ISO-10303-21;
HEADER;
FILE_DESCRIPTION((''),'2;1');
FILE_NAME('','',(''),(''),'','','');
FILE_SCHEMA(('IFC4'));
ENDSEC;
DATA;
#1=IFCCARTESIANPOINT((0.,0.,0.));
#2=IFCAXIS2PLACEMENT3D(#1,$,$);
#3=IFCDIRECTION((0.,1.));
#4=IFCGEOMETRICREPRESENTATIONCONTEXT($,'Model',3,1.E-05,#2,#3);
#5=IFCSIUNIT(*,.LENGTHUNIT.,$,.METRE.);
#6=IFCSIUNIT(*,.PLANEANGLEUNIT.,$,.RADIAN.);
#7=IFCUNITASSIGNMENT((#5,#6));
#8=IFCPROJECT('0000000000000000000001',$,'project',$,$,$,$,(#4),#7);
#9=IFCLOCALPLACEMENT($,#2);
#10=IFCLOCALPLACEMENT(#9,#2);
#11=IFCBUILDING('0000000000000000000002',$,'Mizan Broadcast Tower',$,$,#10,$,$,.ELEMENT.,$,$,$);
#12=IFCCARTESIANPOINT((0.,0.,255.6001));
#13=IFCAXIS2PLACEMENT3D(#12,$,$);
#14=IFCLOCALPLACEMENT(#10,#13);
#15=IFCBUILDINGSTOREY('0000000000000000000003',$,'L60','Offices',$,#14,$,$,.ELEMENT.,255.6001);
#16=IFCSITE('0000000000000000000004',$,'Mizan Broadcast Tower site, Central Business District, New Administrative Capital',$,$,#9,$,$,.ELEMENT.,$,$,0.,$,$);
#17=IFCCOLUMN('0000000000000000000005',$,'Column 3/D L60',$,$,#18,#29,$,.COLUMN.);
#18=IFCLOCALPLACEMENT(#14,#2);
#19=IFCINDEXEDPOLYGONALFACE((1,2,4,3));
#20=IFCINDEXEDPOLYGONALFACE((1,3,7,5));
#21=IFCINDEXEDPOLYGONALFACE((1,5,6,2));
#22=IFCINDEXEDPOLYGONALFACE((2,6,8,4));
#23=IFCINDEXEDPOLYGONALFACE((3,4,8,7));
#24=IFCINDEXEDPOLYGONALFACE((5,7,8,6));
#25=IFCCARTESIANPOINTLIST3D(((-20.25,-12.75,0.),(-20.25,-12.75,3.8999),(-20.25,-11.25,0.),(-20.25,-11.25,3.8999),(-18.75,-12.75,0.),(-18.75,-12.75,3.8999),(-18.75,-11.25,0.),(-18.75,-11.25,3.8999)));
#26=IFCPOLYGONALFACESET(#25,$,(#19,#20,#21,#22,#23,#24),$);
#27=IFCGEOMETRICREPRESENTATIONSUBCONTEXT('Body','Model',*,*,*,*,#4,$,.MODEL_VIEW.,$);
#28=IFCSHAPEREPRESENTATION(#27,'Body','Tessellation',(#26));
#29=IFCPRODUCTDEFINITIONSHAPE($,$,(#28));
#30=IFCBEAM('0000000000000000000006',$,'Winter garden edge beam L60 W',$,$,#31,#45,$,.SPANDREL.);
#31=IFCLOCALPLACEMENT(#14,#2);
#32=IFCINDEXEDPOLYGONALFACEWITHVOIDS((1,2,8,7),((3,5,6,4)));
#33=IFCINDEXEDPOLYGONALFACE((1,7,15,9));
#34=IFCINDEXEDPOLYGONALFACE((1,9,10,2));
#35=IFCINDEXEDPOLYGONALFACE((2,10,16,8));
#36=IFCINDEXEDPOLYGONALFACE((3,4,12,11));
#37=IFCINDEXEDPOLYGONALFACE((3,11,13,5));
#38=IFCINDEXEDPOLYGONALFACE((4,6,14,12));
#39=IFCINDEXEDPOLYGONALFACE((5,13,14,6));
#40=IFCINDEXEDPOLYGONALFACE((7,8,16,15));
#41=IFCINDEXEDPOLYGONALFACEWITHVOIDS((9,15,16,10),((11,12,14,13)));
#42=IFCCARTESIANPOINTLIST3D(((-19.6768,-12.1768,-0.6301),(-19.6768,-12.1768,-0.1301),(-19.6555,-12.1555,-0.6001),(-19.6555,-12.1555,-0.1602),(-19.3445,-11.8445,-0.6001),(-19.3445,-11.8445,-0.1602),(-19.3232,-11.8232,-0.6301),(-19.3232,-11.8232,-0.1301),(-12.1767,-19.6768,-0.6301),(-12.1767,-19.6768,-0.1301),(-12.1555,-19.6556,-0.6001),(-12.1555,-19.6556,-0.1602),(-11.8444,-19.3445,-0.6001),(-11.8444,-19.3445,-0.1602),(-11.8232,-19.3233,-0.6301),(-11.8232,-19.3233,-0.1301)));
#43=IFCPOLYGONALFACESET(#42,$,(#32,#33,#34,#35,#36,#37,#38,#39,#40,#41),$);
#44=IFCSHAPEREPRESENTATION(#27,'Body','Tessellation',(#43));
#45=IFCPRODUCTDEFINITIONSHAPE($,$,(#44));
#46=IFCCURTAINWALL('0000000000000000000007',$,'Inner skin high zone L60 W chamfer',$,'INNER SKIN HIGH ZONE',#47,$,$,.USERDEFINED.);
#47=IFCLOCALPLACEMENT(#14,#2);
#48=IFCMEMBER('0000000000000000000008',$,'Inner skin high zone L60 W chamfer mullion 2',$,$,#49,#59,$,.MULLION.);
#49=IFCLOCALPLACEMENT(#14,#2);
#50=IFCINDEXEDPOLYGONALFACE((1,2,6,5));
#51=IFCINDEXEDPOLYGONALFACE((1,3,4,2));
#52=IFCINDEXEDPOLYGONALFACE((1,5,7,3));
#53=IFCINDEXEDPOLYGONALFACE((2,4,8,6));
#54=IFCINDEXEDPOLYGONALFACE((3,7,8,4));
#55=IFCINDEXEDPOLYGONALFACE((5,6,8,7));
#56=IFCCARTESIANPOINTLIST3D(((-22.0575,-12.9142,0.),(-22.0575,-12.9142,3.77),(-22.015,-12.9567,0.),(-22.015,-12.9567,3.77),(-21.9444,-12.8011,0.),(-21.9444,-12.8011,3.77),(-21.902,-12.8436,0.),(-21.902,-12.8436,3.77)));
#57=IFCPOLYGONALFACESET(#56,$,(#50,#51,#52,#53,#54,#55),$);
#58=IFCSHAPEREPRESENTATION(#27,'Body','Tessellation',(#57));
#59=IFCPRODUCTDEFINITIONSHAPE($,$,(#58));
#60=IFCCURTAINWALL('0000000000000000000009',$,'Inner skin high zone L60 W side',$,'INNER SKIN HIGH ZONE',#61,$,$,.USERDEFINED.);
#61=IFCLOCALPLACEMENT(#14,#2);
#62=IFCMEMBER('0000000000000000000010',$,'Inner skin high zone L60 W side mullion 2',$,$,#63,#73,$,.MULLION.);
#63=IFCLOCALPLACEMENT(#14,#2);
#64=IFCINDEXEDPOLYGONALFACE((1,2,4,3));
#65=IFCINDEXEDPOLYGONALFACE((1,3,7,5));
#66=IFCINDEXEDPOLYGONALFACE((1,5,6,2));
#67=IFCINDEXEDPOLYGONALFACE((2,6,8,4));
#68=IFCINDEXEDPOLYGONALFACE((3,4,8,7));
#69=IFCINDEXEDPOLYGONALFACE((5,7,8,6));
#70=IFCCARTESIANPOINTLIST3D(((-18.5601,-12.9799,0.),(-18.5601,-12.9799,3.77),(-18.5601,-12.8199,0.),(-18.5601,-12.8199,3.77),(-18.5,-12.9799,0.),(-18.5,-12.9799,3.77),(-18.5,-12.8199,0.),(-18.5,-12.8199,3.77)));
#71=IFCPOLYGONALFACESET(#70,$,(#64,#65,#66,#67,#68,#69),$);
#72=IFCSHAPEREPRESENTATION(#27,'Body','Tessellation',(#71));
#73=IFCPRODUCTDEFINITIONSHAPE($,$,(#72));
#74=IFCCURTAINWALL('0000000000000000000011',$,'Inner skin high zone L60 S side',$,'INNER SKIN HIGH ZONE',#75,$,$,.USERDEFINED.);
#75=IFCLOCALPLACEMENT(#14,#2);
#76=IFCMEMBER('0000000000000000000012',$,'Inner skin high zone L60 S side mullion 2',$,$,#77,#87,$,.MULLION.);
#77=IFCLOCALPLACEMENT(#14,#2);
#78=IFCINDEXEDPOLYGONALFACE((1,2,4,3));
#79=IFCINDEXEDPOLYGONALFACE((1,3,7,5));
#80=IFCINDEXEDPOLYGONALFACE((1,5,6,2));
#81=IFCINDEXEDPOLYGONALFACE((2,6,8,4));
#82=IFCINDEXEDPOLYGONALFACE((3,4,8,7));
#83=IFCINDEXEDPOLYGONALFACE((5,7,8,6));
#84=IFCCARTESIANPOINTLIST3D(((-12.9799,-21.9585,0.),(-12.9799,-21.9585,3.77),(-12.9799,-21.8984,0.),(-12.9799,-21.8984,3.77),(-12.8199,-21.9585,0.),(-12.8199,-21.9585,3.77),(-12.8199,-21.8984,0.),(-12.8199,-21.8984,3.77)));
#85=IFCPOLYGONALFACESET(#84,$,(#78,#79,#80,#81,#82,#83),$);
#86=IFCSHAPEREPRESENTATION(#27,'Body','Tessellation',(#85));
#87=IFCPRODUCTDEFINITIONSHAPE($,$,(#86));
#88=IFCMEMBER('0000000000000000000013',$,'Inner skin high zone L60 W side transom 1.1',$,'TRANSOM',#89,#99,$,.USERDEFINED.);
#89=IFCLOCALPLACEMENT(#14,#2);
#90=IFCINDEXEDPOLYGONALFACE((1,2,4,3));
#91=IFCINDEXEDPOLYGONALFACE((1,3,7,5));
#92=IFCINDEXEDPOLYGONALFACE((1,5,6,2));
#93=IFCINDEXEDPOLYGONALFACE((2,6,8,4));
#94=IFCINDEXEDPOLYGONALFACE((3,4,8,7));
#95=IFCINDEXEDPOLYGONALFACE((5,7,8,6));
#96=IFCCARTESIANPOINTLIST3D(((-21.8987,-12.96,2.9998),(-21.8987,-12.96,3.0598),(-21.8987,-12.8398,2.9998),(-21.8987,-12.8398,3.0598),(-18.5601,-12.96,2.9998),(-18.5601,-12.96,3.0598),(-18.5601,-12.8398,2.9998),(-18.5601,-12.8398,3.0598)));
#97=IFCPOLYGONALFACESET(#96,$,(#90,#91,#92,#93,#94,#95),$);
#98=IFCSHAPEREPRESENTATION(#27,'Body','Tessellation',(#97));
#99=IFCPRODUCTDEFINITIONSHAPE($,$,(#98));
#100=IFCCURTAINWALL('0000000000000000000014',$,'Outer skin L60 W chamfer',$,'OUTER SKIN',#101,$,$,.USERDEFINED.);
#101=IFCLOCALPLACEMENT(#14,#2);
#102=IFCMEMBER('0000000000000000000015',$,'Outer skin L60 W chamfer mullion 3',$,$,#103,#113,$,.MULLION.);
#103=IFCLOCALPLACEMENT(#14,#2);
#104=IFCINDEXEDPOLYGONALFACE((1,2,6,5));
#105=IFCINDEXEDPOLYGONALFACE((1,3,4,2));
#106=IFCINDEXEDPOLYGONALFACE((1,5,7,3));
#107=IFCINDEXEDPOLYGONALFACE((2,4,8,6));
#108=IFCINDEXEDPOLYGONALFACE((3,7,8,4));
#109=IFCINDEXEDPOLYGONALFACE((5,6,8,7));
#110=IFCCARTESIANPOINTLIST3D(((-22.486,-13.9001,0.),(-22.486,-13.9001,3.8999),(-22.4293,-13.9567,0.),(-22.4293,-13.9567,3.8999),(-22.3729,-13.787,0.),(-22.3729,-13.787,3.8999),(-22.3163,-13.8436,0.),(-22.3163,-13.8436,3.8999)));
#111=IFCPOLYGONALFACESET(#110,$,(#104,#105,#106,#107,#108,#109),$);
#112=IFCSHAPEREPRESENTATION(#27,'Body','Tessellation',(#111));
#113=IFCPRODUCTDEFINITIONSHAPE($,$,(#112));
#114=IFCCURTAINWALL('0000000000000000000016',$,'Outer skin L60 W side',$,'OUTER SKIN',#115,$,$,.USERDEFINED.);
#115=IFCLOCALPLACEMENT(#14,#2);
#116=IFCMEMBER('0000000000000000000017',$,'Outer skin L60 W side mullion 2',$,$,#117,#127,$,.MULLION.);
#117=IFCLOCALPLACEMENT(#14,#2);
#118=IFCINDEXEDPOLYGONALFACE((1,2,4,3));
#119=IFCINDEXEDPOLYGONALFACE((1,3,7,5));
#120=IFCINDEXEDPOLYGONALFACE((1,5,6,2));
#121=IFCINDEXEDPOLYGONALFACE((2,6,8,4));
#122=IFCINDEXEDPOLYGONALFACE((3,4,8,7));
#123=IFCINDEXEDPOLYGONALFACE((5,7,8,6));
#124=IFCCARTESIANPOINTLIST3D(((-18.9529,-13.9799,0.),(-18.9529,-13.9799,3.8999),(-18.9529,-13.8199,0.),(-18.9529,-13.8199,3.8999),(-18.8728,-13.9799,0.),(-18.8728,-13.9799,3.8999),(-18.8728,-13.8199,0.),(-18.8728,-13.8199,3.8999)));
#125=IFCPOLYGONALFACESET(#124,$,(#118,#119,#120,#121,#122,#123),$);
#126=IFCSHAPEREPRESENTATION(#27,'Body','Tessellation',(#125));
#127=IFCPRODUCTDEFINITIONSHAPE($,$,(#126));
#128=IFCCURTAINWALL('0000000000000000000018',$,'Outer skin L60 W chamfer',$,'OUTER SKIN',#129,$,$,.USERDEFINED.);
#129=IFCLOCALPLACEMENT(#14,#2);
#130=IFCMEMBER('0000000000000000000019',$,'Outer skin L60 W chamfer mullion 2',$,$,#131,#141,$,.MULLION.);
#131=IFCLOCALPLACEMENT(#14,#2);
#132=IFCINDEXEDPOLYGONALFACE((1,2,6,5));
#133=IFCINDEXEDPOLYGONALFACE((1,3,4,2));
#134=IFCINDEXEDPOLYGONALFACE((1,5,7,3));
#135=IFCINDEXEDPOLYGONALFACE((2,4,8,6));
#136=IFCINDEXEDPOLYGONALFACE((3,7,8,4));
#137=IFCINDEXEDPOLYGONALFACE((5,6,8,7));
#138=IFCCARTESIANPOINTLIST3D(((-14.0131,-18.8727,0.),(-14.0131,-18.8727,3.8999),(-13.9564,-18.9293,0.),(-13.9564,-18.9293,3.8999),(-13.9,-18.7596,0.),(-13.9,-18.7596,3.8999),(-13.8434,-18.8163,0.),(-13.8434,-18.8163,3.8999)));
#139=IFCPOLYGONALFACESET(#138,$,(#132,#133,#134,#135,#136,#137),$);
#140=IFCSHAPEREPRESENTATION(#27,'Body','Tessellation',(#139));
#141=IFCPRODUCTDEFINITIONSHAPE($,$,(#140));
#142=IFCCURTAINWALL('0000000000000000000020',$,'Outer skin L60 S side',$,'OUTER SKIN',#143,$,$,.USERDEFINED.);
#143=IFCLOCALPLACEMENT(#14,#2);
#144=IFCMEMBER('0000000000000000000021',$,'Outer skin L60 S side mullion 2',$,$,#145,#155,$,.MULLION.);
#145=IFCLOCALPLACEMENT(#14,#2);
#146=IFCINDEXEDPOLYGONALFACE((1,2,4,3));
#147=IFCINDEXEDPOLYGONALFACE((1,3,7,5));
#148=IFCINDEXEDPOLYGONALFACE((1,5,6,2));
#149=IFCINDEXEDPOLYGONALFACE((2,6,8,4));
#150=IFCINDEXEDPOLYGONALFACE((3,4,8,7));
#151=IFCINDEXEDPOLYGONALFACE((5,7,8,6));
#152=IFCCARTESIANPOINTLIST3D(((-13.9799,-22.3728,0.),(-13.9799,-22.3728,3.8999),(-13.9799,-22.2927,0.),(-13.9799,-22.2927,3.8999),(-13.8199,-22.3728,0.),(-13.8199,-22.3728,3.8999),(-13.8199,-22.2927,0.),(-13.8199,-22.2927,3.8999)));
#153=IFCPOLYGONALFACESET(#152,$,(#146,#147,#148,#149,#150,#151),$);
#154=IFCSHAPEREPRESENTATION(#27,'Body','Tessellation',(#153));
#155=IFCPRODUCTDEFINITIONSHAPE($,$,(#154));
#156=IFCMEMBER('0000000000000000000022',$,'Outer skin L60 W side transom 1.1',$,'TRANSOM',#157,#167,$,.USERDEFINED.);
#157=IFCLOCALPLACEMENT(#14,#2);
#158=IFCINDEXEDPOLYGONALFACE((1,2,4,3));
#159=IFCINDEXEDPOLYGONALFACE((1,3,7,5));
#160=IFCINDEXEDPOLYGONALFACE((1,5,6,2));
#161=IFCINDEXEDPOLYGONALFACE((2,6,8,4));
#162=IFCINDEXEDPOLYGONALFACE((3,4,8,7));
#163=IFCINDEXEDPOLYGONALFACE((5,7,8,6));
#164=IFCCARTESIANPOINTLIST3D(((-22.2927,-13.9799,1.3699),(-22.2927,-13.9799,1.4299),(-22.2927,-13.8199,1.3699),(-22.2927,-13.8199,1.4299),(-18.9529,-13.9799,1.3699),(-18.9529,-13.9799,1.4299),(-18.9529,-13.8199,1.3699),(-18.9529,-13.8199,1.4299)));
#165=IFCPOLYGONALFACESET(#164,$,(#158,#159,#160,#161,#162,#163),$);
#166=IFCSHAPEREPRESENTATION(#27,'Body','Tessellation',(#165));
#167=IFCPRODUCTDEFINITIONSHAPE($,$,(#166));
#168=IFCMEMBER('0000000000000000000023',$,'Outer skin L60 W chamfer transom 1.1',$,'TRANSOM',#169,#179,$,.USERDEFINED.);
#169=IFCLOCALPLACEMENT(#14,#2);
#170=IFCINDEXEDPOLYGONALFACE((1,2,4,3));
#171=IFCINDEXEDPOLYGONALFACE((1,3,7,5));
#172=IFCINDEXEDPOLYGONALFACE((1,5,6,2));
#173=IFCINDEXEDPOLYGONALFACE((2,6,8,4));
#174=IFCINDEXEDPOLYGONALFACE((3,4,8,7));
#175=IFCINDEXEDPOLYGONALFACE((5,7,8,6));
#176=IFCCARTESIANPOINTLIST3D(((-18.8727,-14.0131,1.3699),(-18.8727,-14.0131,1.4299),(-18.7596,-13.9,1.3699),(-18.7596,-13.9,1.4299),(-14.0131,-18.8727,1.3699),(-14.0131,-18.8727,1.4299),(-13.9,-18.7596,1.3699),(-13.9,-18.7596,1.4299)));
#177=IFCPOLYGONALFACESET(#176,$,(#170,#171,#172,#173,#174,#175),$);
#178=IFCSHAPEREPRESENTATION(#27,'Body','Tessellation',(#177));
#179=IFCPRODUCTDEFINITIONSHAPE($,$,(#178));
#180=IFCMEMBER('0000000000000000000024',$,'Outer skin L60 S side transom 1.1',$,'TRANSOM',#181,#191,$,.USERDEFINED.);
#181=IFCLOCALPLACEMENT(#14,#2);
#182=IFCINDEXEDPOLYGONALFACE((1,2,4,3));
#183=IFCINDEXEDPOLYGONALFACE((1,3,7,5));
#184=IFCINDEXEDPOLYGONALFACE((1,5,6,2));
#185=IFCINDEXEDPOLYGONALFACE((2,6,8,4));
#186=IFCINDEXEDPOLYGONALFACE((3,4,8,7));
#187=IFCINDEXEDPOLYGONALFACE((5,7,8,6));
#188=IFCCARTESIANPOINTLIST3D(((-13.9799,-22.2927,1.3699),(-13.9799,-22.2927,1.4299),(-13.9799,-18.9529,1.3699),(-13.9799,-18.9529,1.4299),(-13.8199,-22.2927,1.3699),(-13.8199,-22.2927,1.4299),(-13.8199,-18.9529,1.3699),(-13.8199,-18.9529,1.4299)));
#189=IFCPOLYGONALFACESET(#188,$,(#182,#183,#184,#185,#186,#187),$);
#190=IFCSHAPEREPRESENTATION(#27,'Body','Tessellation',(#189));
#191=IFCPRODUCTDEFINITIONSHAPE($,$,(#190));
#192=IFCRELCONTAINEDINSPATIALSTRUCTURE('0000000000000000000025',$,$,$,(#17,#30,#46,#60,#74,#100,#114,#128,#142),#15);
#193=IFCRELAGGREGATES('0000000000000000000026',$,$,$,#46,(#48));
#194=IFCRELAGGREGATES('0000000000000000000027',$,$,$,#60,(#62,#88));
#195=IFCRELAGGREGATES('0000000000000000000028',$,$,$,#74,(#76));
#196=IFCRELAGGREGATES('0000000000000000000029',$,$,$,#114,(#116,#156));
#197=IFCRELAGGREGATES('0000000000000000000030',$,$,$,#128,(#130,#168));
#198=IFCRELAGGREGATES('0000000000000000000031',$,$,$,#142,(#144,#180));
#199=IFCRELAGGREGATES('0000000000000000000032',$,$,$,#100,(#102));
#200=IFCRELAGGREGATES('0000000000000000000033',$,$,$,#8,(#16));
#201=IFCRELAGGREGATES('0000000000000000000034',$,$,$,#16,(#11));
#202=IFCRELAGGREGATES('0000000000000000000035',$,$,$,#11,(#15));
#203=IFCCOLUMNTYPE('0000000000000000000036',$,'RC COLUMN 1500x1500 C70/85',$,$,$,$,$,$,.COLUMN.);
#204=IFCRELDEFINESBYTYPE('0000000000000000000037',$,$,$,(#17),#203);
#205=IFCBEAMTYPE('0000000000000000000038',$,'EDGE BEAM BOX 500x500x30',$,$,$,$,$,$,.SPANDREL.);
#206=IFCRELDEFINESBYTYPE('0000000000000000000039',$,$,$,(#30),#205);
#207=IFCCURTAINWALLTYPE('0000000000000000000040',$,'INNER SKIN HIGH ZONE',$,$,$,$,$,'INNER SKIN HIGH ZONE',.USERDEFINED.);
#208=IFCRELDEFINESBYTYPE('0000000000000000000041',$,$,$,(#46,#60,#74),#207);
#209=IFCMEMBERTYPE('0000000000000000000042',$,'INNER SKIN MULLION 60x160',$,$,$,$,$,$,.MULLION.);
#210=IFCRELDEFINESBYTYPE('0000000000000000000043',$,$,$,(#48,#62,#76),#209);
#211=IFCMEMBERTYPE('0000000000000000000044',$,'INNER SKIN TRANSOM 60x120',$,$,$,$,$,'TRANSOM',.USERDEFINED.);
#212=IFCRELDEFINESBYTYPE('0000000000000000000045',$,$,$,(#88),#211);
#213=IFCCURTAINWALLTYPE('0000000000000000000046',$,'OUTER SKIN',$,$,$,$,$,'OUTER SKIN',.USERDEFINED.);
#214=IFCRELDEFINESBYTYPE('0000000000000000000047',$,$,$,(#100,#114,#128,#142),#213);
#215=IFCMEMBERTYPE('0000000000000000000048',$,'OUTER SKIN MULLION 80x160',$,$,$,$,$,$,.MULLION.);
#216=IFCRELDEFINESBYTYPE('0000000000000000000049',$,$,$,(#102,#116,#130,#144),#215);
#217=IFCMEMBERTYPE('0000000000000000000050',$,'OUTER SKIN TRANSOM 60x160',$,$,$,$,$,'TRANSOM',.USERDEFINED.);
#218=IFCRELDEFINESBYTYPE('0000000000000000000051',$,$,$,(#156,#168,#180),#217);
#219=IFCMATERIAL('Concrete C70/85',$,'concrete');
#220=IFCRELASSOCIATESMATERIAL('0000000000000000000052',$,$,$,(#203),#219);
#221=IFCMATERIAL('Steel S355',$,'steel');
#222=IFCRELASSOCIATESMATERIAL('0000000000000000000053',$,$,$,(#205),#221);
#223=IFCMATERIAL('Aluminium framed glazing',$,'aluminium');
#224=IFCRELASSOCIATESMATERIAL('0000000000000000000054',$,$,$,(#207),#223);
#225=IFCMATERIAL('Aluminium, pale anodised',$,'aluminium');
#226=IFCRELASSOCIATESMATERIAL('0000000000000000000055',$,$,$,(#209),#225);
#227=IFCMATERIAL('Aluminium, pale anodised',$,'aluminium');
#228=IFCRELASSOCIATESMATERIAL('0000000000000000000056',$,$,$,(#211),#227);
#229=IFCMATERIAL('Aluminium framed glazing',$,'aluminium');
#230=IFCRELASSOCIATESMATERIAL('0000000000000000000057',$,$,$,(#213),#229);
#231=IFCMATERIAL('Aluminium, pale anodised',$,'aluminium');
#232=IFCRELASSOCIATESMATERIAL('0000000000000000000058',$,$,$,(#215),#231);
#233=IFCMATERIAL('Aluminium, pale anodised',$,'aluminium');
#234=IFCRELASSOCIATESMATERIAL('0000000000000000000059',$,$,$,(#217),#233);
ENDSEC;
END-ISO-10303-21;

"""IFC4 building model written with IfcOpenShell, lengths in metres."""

from ifc_helpers import new_model, si_unit, direction, frame, origin, origin_2d, place, context, subcontext, project, spatial, rectangle, hollow_rectangle, extrude, material, material_profile, profile_set, type_object, element, aggregate, save


model = new_model("IFC4")

# Units and contexts
model_context = context("Model", 3, precision=1e-05, world=origin(), true_north=direction((0.0, 1.0)))
body_context = subcontext(model_context, "Body", "Model", "MODEL_VIEW")
ifc_project = project(units=[si_unit("LENGTHUNIT", "METRE"), si_unit("PLANEANGLEUNIT", "RADIAN")], contexts=[model_context])

# Site, building, storey
site_placement = place(None, origin())
site = spatial("IfcSite", under=ifc_project, at=site_placement, Name="Mizan Broadcast Tower site, Central Business District, New Administrative Capital", CompositionType="ELEMENT", RefElevation=0.0)
building_placement = place(site_placement, origin())
building = spatial("IfcBuilding", under=site, at=building_placement, Name="Mizan Broadcast Tower", CompositionType="ELEMENT")
storey_placement = place(building_placement, frame((0.0, 0.0, 255.6001)))
storey = spatial("IfcBuildingStorey", under=building, at=storey_placement, Name="L60", Description="Offices", CompositionType="ELEMENT", Elevation=255.6001)

# Column
ifc_material_1 = material(Name="Concrete C70/85", Category="concrete")
ifc_material_profile_1 = material_profile(ifc_material_1, rectangle(XDim=1.5, YDim=1.5, at=origin_2d()), Name="RC 1500x1500")
ifc_profile_set_1 = profile_set([ifc_material_profile_1], Name="Concrete C70/85")
column_type = type_object("IfcColumnType", Name="RC COLUMN 1500x1500 C70/85", PredefinedType="COLUMN", material=ifc_profile_set_1)
column_placement = place(storey_placement, frame((-19.5, -12.0, 0.0), z_axis=(0.0, 0.0, 1.0), x_axis=(1.0, 0.0, 0.0)))
element("IfcColumn", 1, at=column_placement, inside=storey, type_object=column_type, Name="Column 3/D L60", PredefinedType="COLUMN", context=body_context, shape_type="SweptSolid", body=[
    extrude(rectangle(XDim=1.5, YDim=1.5, at=origin_2d()), origin(), (0.0, 0.0, 1.0), 3.8999),
])

# Beam
ifc_material_2 = material(Name="Steel S355", Category="steel")
ifc_material_profile_2 = material_profile(ifc_material_2, hollow_rectangle(XDim=0.5, YDim=0.5, WallThickness=0.03, at=origin_2d()), Name="BOX 500x500x30")
ifc_profile_set_2 = profile_set([ifc_material_profile_2], Name="Steel S355")
beam_type = type_object("IfcBeamType", Name="EDGE BEAM BOX 500x500x30", PredefinedType="SPANDREL", material=ifc_profile_set_2)
beam_placement = place(storey_placement, frame((-19.5, -12.0, -0.3801), z_axis=(0.707107, -0.707107, 0.0), x_axis=(0.707107, 0.707107, 0.0)))
element("IfcBeam", 2, at=beam_placement, inside=storey, type_object=beam_type, Name="Winter garden edge beam L60 W", PredefinedType="SPANDREL", context=body_context, shape_type="SweptSolid", body=[
    extrude(hollow_rectangle(XDim=0.5, YDim=0.5, WallThickness=0.03, at=origin_2d()), origin(), (0.0, 0.0, 1.0), 10.6067),
])

# Curtain walls, members
ifc_material_3 = material(Name="Aluminium framed glazing", Category="aluminium")
curtain_wall_type_1 = type_object("IfcCurtainWallType", Name="INNER SKIN HIGH ZONE", ElementType="INNER SKIN HIGH ZONE", PredefinedType="USERDEFINED", material=ifc_material_3)
curtain_wall_1_placement = place(storey_placement, origin())
curtain_wall_1 = element("IfcCurtainWall", 3, at=curtain_wall_1_placement, inside=storey, type_object=curtain_wall_type_1, Name="Inner skin high zone L60 W chamfer", ObjectType="INNER SKIN HIGH ZONE", PredefinedType="USERDEFINED")
ifc_material_4 = material(Name="Aluminium, pale anodised", Category="aluminium")
ifc_material_profile_3 = material_profile(ifc_material_4, rectangle(XDim=0.1599, YDim=0.0601, at=origin_2d()), Name="MULLION 160x60")
ifc_profile_set_3 = profile_set([ifc_material_profile_3], Name="Aluminium, pale anodised")
member_type_1 = type_object("IfcMemberType", Name="INNER SKIN MULLION 60x160", PredefinedType="MULLION", material=ifc_profile_set_3)
member_1_placement = place(storey_placement, frame((-21.9797, -12.8789, 0.0), z_axis=(0.0, 0.0, 1.0), x_axis=(0.707107, 0.707107, 0.0)))
member_1 = element("IfcMember", 4, at=member_1_placement, type_object=member_type_1, Name="Inner skin high zone L60 W chamfer mullion 2", PredefinedType="MULLION", context=body_context, shape_type="SweptSolid", body=[
    extrude(rectangle(XDim=0.1599, YDim=0.0601, at=origin_2d()), origin(), (0.0, 0.0, 1.0), 3.77),
])
aggregate(curtain_wall_1, [member_1])
curtain_wall_2_placement = place(storey_placement, origin())
curtain_wall_2 = element("IfcCurtainWall", 5, at=curtain_wall_2_placement, inside=storey, type_object=curtain_wall_type_1, Name="Inner skin high zone L60 W side", ObjectType="INNER SKIN HIGH ZONE", PredefinedType="USERDEFINED")
member_2_placement = place(storey_placement, frame((-18.53, -12.8999, 0.0), z_axis=(0.0, 0.0, 1.0), x_axis=(0.0, 1.0, 0.0)))
member_2 = element("IfcMember", 6, at=member_2_placement, type_object=member_type_1, Name="Inner skin high zone L60 W side mullion 2", PredefinedType="MULLION", context=body_context, shape_type="SweptSolid", body=[
    extrude(rectangle(XDim=0.1599, YDim=0.0601, at=origin_2d()), origin(), (0.0, 0.0, 1.0), 3.77),
])
curtain_wall_3_placement = place(storey_placement, origin())
curtain_wall_3 = element("IfcCurtainWall", 7, at=curtain_wall_3_placement, inside=storey, type_object=curtain_wall_type_1, Name="Inner skin high zone L60 S side", ObjectType="INNER SKIN HIGH ZONE", PredefinedType="USERDEFINED")
member_3_placement = place(storey_placement, frame((-12.8999, -21.9285, 0.0), z_axis=(0.0, 0.0, 1.0), x_axis=(1.0, 0.0, 0.0)))
member_3 = element("IfcMember", 8, at=member_3_placement, type_object=member_type_1, Name="Inner skin high zone L60 S side mullion 2", PredefinedType="MULLION", context=body_context, shape_type="SweptSolid", body=[
    extrude(rectangle(XDim=0.1599, YDim=0.0601, at=origin_2d()), origin(), (0.0, 0.0, 1.0), 3.77),
])

# Member
ifc_material_5 = material(Name="Aluminium, pale anodised", Category="aluminium")
ifc_material_profile_4 = material_profile(ifc_material_5, rectangle(XDim=0.1201, YDim=0.0601, at=origin_2d()), Name="TRANSOM 120x60")
ifc_profile_set_4 = profile_set([ifc_material_profile_4], Name="Aluminium, pale anodised")
member_type_2 = type_object("IfcMemberType", Name="INNER SKIN TRANSOM 60x120", ElementType="TRANSOM", PredefinedType="USERDEFINED", material=ifc_profile_set_4)
member_4_placement = place(storey_placement, frame((-21.8987, -12.8999, 3.0298), z_axis=(1.0, 0.0, 0.0), x_axis=(0.0, 1.0, 0.0)))
member_4 = element("IfcMember", 9, at=member_4_placement, type_object=member_type_2, Name="Inner skin high zone L60 W side transom 1.1", ObjectType="TRANSOM", PredefinedType="USERDEFINED", context=body_context, shape_type="SweptSolid", body=[
    extrude(rectangle(XDim=0.1201, YDim=0.0601, at=origin_2d()), origin(), (0.0, 0.0, 1.0), 3.3386),
])

# Curtain walls, members
ifc_material_6 = material(Name="Aluminium framed glazing", Category="aluminium")
curtain_wall_type_2 = type_object("IfcCurtainWallType", Name="OUTER SKIN", ElementType="OUTER SKIN", PredefinedType="USERDEFINED", material=ifc_material_6)
curtain_wall_4_placement = place(storey_placement, origin())
curtain_wall_4 = element("IfcCurtainWall", 10, at=curtain_wall_4_placement, inside=storey, type_object=curtain_wall_type_2, Name="Outer skin L60 W chamfer", ObjectType="OUTER SKIN", PredefinedType="USERDEFINED")
ifc_material_7 = material(Name="Aluminium, pale anodised", Category="aluminium")
ifc_material_profile_5 = material_profile(ifc_material_7, rectangle(XDim=0.1599, YDim=0.0801, at=origin_2d()), Name="MULLION 160x80")
ifc_profile_set_5 = profile_set([ifc_material_profile_5], Name="Aluminium, pale anodised")
member_type_3 = type_object("IfcMemberType", Name="OUTER SKIN MULLION 80x160", PredefinedType="MULLION", material=ifc_profile_set_5)
member_5_placement = place(storey_placement, frame((-22.4011, -13.8718, 0.0), z_axis=(0.0, 0.0, 1.0), x_axis=(0.707107, 0.707107, 0.0)))
member_5 = element("IfcMember", 11, at=member_5_placement, type_object=member_type_3, Name="Outer skin L60 W chamfer mullion 3", PredefinedType="MULLION", context=body_context, shape_type="SweptSolid", body=[
    extrude(rectangle(XDim=0.1599, YDim=0.0801, at=origin_2d()), origin(), (0.0, 0.0, 1.0), 3.8999),
])
curtain_wall_5_placement = place(storey_placement, origin())
curtain_wall_5 = element("IfcCurtainWall", 12, at=curtain_wall_5_placement, inside=storey, type_object=curtain_wall_type_2, Name="Outer skin L60 W side", ObjectType="OUTER SKIN", PredefinedType="USERDEFINED")
member_6_placement = place(storey_placement, frame((-18.9128, -13.8999, 0.0), z_axis=(0.0, 0.0, 1.0), x_axis=(0.0, 1.0, 0.0)))
member_6 = element("IfcMember", 13, at=member_6_placement, type_object=member_type_3, Name="Outer skin L60 W side mullion 2", PredefinedType="MULLION", context=body_context, shape_type="SweptSolid", body=[
    extrude(rectangle(XDim=0.1599, YDim=0.0801, at=origin_2d()), origin(), (0.0, 0.0, 1.0), 3.8999),
])
curtain_wall_6_placement = place(storey_placement, origin())
curtain_wall_6 = element("IfcCurtainWall", 14, at=curtain_wall_6_placement, inside=storey, type_object=curtain_wall_type_2, Name="Outer skin L60 W chamfer", ObjectType="OUTER SKIN", PredefinedType="USERDEFINED")
member_7_placement = place(storey_placement, frame((-13.9282, -18.8445, 0.0), z_axis=(0.0, 0.0, 1.0), x_axis=(0.707107, 0.707107, 0.0)))
member_7 = element("IfcMember", 15, at=member_7_placement, type_object=member_type_3, Name="Outer skin L60 W chamfer mullion 2", PredefinedType="MULLION", context=body_context, shape_type="SweptSolid", body=[
    extrude(rectangle(XDim=0.1599, YDim=0.0801, at=origin_2d()), origin(), (0.0, 0.0, 1.0), 3.8999),
])
curtain_wall_7_placement = place(storey_placement, origin())
curtain_wall_7 = element("IfcCurtainWall", 16, at=curtain_wall_7_placement, inside=storey, type_object=curtain_wall_type_2, Name="Outer skin L60 S side", ObjectType="OUTER SKIN", PredefinedType="USERDEFINED")
member_8_placement = place(storey_placement, frame((-13.8999, -22.3328, 0.0), z_axis=(0.0, 0.0, 1.0), x_axis=(1.0, 0.0, 0.0)))
member_8 = element("IfcMember", 17, at=member_8_placement, type_object=member_type_3, Name="Outer skin L60 S side mullion 2", PredefinedType="MULLION", context=body_context, shape_type="SweptSolid", body=[
    extrude(rectangle(XDim=0.1599, YDim=0.0801, at=origin_2d()), origin(), (0.0, 0.0, 1.0), 3.8999),
])

# Members
ifc_material_8 = material(Name="Aluminium, pale anodised", Category="aluminium")
ifc_material_profile_6 = material_profile(ifc_material_8, rectangle(XDim=0.1599, YDim=0.0601, at=origin_2d()), Name="TRANSOM 160x60")
ifc_profile_set_6 = profile_set([ifc_material_profile_6], Name="Aluminium, pale anodised")
member_type_4 = type_object("IfcMemberType", Name="OUTER SKIN TRANSOM 60x160", ElementType="TRANSOM", PredefinedType="USERDEFINED", material=ifc_profile_set_6)
member_9_placement = place(storey_placement, frame((-22.2927, -13.8999, 1.3999), z_axis=(1.0, 0.0, 0.0), x_axis=(0.0, 1.0, 0.0)))
member_9 = element("IfcMember", 18, at=member_9_placement, type_object=member_type_4, Name="Outer skin L60 W side transom 1.1", ObjectType="TRANSOM", PredefinedType="USERDEFINED", context=body_context, shape_type="SweptSolid", body=[
    extrude(rectangle(XDim=0.1599, YDim=0.0601, at=origin_2d()), origin(), (0.0, 0.0, 1.0), 3.3398),
])
member_10_placement = place(storey_placement, frame((-18.8162, -13.9565, 1.3999), z_axis=(0.707107, -0.707107, 0.0), x_axis=(0.707107, 0.707107, 0.0)))
member_10 = element("IfcMember", 19, at=member_10_placement, type_object=member_type_4, Name="Outer skin L60 W chamfer transom 1.1", ObjectType="TRANSOM", PredefinedType="USERDEFINED", context=body_context, shape_type="SweptSolid", body=[
    extrude(rectangle(XDim=0.1599, YDim=0.0601, at=origin_2d()), origin(), (0.0, 0.0, 1.0), 6.8726),
])
member_11_placement = place(storey_placement, frame((-13.8999, -18.9529, 1.3999), z_axis=(0.0, -1.0, 0.0), x_axis=(1.0, 0.0, 0.0)))
member_11 = element("IfcMember", 20, at=member_11_placement, type_object=member_type_4, Name="Outer skin L60 S side transom 1.1", ObjectType="TRANSOM", PredefinedType="USERDEFINED", context=body_context, shape_type="SweptSolid", body=[
    extrude(rectangle(XDim=0.1599, YDim=0.0601, at=origin_2d()), origin(), (0.0, 0.0, 1.0), 3.3398),
])

aggregate(curtain_wall_2, [member_2, member_4])
aggregate(curtain_wall_3, [member_3])
aggregate(curtain_wall_5, [member_6, member_9])
aggregate(curtain_wall_6, [member_7, member_10])
aggregate(curtain_wall_7, [member_8, member_11])
aggregate(curtain_wall_4, [member_5])

save(model, "model.ifc")
